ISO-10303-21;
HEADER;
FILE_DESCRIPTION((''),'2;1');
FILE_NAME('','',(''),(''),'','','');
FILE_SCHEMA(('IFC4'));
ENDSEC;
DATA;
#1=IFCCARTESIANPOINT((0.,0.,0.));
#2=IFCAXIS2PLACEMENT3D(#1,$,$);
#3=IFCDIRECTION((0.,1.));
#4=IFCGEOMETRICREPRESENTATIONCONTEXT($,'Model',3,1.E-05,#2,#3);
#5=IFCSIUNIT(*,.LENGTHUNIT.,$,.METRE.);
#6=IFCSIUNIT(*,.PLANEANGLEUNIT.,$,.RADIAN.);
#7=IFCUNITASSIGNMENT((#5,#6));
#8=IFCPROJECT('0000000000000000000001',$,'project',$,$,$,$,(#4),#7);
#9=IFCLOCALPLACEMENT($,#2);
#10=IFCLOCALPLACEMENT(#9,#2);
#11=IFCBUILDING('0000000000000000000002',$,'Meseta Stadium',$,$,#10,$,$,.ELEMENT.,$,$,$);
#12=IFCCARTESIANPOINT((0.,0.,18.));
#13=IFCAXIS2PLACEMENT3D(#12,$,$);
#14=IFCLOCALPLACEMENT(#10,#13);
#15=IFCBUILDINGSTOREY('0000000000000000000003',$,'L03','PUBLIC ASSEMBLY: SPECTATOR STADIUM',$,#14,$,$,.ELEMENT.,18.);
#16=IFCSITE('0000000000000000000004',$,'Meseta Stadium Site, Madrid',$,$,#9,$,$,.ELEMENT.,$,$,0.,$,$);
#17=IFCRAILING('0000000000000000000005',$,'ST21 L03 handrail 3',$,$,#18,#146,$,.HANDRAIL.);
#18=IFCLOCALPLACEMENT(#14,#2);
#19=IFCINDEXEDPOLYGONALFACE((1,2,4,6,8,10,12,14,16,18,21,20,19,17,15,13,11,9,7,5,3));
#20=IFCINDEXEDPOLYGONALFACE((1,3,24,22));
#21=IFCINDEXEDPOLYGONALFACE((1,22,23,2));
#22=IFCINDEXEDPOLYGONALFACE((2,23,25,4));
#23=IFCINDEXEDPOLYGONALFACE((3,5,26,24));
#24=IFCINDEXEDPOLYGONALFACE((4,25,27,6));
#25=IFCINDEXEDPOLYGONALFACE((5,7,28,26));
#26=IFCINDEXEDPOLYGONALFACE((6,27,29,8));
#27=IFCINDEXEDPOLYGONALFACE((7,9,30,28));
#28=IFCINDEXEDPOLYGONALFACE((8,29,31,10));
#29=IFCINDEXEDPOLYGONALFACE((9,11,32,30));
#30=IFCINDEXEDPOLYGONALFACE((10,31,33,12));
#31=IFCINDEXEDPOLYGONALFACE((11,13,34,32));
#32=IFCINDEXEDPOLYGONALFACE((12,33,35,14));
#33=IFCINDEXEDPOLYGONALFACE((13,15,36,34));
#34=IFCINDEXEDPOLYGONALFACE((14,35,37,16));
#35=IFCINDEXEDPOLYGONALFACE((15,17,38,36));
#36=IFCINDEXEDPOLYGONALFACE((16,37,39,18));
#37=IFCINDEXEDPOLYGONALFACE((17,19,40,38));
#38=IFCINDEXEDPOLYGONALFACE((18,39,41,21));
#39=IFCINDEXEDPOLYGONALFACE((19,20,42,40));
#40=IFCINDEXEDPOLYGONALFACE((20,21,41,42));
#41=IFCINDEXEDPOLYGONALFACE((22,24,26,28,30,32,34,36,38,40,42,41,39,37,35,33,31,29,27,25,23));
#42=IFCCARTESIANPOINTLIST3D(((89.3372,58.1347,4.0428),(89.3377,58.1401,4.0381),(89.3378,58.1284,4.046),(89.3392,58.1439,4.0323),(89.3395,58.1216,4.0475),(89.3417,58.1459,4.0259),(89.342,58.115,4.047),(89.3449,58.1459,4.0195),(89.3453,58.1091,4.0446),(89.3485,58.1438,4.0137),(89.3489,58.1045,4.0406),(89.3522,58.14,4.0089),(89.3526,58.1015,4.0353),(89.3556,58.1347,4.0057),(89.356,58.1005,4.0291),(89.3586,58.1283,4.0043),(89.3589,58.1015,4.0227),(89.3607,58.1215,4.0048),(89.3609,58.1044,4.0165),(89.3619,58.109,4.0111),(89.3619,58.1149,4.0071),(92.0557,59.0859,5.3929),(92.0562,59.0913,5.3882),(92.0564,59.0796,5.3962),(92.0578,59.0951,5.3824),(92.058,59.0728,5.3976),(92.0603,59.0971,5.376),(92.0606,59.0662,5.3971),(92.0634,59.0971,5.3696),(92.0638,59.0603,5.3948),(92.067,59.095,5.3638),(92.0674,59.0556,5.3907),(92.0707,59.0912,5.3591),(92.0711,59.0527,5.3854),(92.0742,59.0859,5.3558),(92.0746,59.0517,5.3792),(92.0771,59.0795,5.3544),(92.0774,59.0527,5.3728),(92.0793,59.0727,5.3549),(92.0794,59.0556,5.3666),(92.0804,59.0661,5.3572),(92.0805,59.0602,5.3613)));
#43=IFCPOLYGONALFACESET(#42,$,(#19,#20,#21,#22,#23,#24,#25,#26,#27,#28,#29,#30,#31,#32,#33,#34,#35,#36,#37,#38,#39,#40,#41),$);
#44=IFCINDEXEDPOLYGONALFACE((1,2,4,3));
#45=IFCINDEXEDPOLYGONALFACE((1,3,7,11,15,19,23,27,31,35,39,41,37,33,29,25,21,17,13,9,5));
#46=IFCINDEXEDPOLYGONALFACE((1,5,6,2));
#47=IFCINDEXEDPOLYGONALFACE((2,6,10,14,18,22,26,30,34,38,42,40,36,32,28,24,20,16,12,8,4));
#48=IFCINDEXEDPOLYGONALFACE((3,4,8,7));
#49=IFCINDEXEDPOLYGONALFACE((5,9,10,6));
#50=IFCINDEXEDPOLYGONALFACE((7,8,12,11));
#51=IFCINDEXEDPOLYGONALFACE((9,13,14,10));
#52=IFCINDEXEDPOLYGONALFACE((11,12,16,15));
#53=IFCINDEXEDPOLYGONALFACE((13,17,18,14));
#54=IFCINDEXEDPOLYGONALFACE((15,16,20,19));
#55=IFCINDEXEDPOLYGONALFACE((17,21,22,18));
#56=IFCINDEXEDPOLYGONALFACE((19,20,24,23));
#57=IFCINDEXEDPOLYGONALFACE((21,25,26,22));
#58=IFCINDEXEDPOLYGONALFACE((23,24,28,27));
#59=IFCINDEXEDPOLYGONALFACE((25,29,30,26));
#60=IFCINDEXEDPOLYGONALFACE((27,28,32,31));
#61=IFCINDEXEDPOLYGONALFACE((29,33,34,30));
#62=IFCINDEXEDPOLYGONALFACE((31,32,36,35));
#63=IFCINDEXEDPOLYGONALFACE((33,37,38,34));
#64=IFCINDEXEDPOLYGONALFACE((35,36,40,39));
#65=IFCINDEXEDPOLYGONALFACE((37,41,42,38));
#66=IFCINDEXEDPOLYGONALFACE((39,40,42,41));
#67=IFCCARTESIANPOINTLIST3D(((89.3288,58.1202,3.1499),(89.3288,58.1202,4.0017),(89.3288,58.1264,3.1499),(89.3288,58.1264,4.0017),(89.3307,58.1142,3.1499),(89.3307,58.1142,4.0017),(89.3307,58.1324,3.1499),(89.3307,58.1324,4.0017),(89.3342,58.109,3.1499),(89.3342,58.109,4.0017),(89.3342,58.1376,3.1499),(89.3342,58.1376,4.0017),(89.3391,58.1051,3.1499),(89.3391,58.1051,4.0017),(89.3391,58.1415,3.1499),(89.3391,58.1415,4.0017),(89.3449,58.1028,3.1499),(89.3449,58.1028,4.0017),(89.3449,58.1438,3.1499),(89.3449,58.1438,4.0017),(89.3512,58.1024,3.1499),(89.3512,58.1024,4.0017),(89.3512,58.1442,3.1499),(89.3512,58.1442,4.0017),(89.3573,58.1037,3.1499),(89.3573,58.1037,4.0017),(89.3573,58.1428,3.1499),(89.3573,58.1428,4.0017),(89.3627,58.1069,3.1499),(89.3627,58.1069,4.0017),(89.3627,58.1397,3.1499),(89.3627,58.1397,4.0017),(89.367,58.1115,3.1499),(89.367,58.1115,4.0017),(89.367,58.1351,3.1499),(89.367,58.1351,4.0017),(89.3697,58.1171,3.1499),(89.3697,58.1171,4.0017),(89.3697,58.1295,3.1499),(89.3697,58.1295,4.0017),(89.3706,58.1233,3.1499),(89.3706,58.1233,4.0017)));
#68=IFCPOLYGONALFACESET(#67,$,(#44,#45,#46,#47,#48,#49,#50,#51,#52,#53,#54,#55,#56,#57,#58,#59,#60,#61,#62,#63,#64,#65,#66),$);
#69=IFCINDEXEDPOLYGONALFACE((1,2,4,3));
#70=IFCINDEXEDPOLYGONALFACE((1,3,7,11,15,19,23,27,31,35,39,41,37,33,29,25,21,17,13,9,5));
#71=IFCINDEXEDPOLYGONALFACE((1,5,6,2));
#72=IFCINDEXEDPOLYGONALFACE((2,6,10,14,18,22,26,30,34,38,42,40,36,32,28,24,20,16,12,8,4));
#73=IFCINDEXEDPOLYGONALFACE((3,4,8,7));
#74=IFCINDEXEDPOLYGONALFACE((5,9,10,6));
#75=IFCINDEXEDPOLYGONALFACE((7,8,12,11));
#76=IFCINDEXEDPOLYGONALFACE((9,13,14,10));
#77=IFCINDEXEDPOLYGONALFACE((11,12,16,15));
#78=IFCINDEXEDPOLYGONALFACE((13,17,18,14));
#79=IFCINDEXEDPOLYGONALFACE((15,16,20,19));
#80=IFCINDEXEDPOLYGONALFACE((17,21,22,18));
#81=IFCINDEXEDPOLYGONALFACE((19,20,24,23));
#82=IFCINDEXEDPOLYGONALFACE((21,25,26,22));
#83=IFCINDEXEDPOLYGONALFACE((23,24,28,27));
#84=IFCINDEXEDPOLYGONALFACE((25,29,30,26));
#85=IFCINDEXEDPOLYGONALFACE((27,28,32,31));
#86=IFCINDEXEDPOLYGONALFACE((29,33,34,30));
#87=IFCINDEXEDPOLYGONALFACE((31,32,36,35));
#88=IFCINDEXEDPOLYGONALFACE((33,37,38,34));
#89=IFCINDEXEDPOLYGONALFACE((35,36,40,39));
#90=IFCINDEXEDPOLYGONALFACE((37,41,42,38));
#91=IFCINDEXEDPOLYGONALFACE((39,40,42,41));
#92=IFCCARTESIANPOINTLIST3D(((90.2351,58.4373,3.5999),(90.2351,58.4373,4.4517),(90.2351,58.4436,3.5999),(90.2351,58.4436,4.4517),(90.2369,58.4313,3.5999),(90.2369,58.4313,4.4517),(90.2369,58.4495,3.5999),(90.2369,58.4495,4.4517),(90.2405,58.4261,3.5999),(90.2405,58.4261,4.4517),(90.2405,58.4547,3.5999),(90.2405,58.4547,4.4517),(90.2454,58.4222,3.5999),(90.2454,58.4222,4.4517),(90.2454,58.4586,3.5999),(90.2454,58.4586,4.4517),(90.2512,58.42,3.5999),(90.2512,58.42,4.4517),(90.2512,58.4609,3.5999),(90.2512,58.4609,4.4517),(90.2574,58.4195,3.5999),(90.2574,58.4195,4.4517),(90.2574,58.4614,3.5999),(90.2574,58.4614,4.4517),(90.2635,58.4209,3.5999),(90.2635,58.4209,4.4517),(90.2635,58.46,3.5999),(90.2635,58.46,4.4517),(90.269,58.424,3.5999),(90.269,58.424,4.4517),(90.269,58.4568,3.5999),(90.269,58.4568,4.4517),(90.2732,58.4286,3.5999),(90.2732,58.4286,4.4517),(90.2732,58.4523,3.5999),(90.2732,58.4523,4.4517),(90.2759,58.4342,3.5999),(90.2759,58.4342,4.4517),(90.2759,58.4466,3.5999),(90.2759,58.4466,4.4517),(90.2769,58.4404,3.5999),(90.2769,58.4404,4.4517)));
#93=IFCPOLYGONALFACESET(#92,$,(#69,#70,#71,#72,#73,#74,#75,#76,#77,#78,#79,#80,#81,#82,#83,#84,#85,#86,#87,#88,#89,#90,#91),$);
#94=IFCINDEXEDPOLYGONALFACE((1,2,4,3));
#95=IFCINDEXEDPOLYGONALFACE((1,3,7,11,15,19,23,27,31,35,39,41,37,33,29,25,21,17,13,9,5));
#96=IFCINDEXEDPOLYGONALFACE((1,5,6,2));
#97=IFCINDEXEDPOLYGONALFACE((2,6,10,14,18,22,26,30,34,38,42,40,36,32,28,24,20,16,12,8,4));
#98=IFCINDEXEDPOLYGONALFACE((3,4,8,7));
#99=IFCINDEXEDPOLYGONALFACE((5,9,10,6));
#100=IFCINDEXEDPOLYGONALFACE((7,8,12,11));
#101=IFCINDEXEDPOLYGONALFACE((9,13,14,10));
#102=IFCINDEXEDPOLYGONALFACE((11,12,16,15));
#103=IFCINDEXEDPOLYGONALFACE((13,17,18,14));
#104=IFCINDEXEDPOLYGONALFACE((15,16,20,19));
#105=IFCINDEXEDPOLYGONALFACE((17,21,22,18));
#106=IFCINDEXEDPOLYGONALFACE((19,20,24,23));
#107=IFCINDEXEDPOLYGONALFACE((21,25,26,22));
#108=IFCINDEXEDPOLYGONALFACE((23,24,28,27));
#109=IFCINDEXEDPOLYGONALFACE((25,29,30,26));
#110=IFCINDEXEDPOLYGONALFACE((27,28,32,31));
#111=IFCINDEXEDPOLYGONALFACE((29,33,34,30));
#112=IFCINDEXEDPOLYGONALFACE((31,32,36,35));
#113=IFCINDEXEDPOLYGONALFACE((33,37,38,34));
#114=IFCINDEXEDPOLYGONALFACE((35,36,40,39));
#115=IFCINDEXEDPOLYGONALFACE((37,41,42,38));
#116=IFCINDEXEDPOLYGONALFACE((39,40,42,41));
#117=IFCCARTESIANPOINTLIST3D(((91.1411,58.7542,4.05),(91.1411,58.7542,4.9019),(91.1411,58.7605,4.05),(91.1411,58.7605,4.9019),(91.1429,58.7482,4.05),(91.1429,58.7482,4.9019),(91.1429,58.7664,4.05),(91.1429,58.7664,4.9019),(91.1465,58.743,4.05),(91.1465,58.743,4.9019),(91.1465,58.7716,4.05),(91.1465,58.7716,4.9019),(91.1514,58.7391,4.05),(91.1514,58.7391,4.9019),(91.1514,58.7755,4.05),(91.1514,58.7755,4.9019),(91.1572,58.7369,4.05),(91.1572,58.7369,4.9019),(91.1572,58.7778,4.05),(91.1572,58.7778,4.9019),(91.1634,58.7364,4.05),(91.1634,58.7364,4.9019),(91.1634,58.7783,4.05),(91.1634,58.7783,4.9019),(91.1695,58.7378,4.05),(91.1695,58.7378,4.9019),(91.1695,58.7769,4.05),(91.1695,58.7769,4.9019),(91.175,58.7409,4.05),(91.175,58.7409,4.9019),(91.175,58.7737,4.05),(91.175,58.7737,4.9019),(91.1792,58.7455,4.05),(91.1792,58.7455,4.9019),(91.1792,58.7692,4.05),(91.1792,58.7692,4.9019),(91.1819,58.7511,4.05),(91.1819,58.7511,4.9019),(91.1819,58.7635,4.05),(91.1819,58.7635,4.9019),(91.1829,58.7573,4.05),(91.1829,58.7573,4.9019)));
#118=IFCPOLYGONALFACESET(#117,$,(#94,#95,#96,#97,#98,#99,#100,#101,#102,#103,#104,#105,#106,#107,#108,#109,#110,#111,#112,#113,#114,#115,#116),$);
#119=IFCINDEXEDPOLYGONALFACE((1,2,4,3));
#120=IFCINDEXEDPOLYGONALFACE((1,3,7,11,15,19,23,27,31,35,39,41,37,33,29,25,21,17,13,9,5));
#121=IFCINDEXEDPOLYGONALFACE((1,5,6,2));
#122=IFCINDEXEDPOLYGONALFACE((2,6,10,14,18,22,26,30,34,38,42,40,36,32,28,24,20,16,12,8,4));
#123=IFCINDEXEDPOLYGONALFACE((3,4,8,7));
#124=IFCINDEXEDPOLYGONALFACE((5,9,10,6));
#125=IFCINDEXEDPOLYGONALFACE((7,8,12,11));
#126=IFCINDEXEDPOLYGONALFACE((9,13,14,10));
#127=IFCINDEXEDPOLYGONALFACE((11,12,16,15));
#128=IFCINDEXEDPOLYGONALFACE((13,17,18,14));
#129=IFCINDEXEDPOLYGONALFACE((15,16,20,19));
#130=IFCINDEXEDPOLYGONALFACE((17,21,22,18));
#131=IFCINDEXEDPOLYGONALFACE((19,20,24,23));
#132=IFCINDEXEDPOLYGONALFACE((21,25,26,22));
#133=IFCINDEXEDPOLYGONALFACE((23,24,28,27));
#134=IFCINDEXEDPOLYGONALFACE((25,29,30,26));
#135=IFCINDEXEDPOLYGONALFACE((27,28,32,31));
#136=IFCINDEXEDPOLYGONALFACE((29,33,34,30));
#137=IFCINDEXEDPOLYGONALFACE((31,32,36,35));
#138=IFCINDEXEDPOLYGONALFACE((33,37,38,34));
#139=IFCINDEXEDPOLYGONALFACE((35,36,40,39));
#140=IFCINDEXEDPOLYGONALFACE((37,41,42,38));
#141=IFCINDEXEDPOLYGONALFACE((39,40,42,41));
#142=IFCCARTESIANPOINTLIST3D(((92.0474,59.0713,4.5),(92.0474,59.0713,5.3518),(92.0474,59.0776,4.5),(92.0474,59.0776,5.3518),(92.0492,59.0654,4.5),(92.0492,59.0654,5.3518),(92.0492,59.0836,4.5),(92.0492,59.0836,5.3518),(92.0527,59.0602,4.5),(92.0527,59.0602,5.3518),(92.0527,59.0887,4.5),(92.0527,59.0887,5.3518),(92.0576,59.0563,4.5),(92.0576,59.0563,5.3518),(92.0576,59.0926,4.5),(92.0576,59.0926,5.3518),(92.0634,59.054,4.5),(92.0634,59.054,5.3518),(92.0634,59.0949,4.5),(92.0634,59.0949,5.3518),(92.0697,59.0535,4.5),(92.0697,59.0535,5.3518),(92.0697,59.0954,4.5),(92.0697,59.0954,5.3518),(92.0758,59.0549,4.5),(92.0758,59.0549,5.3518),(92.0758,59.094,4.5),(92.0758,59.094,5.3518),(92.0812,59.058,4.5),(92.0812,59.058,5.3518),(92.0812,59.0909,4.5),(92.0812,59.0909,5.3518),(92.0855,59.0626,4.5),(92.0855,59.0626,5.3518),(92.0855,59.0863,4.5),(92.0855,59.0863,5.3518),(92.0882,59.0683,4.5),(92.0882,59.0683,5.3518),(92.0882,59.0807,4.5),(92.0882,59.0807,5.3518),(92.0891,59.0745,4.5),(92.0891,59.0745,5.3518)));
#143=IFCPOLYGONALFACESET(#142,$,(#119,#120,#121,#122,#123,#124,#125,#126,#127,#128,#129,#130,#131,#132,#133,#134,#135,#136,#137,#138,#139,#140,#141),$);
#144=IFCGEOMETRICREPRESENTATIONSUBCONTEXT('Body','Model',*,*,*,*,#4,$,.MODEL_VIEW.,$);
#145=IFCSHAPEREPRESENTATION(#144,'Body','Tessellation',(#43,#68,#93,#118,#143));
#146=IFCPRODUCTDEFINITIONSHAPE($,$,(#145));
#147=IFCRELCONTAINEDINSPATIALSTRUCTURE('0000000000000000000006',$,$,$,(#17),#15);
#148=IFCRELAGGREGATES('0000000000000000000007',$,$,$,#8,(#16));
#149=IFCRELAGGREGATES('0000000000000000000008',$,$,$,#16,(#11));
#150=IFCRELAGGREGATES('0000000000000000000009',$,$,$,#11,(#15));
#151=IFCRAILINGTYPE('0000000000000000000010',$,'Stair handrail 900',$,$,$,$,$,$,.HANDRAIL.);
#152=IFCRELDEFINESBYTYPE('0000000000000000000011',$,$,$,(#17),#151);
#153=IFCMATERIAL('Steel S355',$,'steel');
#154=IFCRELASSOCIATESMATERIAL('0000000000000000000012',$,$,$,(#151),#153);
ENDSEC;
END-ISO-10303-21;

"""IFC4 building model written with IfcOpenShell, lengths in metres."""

from ifc_helpers import new_model, si_unit, direction, frame, origin, origin_2d, place, context, subcontext, project, spatial, circle, extrude, material, type_object, element, save


model = new_model("IFC4")

# Units and contexts
model_context = context("Model", 3, precision=1e-05, world=origin(), true_north=direction((0.0, 1.0)))
body_context = subcontext(model_context, "Body", "Model", "MODEL_VIEW")
ifc_project = project(units=[si_unit("LENGTHUNIT", "METRE"), si_unit("PLANEANGLEUNIT", "RADIAN")], contexts=[model_context])

# Site, building, storey
site_placement = place(None, origin())
site = spatial("IfcSite", under=ifc_project, at=site_placement, Name="Meseta Stadium Site, Madrid", CompositionType="ELEMENT", RefElevation=0.0)
building_placement = place(site_placement, origin())
building = spatial("IfcBuilding", under=site, at=building_placement, Name="Meseta Stadium", CompositionType="ELEMENT")
storey_placement = place(building_placement, frame((0.0, 0.0, 18.0)))
storey = spatial("IfcBuildingStorey", under=building, at=storey_placement, Name="L03", Description="PUBLIC ASSEMBLY: SPECTATOR STADIUM", CompositionType="ELEMENT", Elevation=18.0)

# Railing
ifc_material_1 = material(Name="Steel S355", Category="steel")
railing_type_1 = type_object("IfcRailingType", Name="Stair handrail 900", PredefinedType="HANDRAIL", material=ifc_material_1)
for number, where, name in (
    (1, (89.3496, 58.1233, 3.1499), "ST21 L03 handrail 3"),
):
    element("IfcRailing", number, at=place(storey_placement, frame(where)), inside=storey, type_object=railing_type_1, Name=name, PredefinedType="HANDRAIL", context=body_context, shape_type="SweptSolid", body=[
        extrude(circle(Radius=0.0239, at=origin_2d()), frame((0.0, 0.0, 0.876), z_axis=(0.854649, 0.299031, 0.424446), x_axis=(-0.330256, 0.943891, 0.0)), (0.0, 0.0, 1.0), 3.1809),
        extrude(circle(Radius=0.021, at=origin_2d()), origin(), (0.0, 0.0, 1.0), 0.8518),
        extrude(circle(Radius=0.021, at=origin_2d()), frame((0.9062, 0.3171, 0.45)), (0.0, 0.0, 1.0), 0.8518),
        extrude(circle(Radius=0.021, at=origin_2d()), frame((1.8123, 0.634, 0.9001)), (0.0, 0.0, 1.0), 0.8518),
        extrude(circle(Radius=0.021, at=origin_2d()), frame((2.7185, 0.9512, 1.3501)), (0.0, 0.0, 1.0), 0.8518),
    ])

save(model, "model.ifc")
